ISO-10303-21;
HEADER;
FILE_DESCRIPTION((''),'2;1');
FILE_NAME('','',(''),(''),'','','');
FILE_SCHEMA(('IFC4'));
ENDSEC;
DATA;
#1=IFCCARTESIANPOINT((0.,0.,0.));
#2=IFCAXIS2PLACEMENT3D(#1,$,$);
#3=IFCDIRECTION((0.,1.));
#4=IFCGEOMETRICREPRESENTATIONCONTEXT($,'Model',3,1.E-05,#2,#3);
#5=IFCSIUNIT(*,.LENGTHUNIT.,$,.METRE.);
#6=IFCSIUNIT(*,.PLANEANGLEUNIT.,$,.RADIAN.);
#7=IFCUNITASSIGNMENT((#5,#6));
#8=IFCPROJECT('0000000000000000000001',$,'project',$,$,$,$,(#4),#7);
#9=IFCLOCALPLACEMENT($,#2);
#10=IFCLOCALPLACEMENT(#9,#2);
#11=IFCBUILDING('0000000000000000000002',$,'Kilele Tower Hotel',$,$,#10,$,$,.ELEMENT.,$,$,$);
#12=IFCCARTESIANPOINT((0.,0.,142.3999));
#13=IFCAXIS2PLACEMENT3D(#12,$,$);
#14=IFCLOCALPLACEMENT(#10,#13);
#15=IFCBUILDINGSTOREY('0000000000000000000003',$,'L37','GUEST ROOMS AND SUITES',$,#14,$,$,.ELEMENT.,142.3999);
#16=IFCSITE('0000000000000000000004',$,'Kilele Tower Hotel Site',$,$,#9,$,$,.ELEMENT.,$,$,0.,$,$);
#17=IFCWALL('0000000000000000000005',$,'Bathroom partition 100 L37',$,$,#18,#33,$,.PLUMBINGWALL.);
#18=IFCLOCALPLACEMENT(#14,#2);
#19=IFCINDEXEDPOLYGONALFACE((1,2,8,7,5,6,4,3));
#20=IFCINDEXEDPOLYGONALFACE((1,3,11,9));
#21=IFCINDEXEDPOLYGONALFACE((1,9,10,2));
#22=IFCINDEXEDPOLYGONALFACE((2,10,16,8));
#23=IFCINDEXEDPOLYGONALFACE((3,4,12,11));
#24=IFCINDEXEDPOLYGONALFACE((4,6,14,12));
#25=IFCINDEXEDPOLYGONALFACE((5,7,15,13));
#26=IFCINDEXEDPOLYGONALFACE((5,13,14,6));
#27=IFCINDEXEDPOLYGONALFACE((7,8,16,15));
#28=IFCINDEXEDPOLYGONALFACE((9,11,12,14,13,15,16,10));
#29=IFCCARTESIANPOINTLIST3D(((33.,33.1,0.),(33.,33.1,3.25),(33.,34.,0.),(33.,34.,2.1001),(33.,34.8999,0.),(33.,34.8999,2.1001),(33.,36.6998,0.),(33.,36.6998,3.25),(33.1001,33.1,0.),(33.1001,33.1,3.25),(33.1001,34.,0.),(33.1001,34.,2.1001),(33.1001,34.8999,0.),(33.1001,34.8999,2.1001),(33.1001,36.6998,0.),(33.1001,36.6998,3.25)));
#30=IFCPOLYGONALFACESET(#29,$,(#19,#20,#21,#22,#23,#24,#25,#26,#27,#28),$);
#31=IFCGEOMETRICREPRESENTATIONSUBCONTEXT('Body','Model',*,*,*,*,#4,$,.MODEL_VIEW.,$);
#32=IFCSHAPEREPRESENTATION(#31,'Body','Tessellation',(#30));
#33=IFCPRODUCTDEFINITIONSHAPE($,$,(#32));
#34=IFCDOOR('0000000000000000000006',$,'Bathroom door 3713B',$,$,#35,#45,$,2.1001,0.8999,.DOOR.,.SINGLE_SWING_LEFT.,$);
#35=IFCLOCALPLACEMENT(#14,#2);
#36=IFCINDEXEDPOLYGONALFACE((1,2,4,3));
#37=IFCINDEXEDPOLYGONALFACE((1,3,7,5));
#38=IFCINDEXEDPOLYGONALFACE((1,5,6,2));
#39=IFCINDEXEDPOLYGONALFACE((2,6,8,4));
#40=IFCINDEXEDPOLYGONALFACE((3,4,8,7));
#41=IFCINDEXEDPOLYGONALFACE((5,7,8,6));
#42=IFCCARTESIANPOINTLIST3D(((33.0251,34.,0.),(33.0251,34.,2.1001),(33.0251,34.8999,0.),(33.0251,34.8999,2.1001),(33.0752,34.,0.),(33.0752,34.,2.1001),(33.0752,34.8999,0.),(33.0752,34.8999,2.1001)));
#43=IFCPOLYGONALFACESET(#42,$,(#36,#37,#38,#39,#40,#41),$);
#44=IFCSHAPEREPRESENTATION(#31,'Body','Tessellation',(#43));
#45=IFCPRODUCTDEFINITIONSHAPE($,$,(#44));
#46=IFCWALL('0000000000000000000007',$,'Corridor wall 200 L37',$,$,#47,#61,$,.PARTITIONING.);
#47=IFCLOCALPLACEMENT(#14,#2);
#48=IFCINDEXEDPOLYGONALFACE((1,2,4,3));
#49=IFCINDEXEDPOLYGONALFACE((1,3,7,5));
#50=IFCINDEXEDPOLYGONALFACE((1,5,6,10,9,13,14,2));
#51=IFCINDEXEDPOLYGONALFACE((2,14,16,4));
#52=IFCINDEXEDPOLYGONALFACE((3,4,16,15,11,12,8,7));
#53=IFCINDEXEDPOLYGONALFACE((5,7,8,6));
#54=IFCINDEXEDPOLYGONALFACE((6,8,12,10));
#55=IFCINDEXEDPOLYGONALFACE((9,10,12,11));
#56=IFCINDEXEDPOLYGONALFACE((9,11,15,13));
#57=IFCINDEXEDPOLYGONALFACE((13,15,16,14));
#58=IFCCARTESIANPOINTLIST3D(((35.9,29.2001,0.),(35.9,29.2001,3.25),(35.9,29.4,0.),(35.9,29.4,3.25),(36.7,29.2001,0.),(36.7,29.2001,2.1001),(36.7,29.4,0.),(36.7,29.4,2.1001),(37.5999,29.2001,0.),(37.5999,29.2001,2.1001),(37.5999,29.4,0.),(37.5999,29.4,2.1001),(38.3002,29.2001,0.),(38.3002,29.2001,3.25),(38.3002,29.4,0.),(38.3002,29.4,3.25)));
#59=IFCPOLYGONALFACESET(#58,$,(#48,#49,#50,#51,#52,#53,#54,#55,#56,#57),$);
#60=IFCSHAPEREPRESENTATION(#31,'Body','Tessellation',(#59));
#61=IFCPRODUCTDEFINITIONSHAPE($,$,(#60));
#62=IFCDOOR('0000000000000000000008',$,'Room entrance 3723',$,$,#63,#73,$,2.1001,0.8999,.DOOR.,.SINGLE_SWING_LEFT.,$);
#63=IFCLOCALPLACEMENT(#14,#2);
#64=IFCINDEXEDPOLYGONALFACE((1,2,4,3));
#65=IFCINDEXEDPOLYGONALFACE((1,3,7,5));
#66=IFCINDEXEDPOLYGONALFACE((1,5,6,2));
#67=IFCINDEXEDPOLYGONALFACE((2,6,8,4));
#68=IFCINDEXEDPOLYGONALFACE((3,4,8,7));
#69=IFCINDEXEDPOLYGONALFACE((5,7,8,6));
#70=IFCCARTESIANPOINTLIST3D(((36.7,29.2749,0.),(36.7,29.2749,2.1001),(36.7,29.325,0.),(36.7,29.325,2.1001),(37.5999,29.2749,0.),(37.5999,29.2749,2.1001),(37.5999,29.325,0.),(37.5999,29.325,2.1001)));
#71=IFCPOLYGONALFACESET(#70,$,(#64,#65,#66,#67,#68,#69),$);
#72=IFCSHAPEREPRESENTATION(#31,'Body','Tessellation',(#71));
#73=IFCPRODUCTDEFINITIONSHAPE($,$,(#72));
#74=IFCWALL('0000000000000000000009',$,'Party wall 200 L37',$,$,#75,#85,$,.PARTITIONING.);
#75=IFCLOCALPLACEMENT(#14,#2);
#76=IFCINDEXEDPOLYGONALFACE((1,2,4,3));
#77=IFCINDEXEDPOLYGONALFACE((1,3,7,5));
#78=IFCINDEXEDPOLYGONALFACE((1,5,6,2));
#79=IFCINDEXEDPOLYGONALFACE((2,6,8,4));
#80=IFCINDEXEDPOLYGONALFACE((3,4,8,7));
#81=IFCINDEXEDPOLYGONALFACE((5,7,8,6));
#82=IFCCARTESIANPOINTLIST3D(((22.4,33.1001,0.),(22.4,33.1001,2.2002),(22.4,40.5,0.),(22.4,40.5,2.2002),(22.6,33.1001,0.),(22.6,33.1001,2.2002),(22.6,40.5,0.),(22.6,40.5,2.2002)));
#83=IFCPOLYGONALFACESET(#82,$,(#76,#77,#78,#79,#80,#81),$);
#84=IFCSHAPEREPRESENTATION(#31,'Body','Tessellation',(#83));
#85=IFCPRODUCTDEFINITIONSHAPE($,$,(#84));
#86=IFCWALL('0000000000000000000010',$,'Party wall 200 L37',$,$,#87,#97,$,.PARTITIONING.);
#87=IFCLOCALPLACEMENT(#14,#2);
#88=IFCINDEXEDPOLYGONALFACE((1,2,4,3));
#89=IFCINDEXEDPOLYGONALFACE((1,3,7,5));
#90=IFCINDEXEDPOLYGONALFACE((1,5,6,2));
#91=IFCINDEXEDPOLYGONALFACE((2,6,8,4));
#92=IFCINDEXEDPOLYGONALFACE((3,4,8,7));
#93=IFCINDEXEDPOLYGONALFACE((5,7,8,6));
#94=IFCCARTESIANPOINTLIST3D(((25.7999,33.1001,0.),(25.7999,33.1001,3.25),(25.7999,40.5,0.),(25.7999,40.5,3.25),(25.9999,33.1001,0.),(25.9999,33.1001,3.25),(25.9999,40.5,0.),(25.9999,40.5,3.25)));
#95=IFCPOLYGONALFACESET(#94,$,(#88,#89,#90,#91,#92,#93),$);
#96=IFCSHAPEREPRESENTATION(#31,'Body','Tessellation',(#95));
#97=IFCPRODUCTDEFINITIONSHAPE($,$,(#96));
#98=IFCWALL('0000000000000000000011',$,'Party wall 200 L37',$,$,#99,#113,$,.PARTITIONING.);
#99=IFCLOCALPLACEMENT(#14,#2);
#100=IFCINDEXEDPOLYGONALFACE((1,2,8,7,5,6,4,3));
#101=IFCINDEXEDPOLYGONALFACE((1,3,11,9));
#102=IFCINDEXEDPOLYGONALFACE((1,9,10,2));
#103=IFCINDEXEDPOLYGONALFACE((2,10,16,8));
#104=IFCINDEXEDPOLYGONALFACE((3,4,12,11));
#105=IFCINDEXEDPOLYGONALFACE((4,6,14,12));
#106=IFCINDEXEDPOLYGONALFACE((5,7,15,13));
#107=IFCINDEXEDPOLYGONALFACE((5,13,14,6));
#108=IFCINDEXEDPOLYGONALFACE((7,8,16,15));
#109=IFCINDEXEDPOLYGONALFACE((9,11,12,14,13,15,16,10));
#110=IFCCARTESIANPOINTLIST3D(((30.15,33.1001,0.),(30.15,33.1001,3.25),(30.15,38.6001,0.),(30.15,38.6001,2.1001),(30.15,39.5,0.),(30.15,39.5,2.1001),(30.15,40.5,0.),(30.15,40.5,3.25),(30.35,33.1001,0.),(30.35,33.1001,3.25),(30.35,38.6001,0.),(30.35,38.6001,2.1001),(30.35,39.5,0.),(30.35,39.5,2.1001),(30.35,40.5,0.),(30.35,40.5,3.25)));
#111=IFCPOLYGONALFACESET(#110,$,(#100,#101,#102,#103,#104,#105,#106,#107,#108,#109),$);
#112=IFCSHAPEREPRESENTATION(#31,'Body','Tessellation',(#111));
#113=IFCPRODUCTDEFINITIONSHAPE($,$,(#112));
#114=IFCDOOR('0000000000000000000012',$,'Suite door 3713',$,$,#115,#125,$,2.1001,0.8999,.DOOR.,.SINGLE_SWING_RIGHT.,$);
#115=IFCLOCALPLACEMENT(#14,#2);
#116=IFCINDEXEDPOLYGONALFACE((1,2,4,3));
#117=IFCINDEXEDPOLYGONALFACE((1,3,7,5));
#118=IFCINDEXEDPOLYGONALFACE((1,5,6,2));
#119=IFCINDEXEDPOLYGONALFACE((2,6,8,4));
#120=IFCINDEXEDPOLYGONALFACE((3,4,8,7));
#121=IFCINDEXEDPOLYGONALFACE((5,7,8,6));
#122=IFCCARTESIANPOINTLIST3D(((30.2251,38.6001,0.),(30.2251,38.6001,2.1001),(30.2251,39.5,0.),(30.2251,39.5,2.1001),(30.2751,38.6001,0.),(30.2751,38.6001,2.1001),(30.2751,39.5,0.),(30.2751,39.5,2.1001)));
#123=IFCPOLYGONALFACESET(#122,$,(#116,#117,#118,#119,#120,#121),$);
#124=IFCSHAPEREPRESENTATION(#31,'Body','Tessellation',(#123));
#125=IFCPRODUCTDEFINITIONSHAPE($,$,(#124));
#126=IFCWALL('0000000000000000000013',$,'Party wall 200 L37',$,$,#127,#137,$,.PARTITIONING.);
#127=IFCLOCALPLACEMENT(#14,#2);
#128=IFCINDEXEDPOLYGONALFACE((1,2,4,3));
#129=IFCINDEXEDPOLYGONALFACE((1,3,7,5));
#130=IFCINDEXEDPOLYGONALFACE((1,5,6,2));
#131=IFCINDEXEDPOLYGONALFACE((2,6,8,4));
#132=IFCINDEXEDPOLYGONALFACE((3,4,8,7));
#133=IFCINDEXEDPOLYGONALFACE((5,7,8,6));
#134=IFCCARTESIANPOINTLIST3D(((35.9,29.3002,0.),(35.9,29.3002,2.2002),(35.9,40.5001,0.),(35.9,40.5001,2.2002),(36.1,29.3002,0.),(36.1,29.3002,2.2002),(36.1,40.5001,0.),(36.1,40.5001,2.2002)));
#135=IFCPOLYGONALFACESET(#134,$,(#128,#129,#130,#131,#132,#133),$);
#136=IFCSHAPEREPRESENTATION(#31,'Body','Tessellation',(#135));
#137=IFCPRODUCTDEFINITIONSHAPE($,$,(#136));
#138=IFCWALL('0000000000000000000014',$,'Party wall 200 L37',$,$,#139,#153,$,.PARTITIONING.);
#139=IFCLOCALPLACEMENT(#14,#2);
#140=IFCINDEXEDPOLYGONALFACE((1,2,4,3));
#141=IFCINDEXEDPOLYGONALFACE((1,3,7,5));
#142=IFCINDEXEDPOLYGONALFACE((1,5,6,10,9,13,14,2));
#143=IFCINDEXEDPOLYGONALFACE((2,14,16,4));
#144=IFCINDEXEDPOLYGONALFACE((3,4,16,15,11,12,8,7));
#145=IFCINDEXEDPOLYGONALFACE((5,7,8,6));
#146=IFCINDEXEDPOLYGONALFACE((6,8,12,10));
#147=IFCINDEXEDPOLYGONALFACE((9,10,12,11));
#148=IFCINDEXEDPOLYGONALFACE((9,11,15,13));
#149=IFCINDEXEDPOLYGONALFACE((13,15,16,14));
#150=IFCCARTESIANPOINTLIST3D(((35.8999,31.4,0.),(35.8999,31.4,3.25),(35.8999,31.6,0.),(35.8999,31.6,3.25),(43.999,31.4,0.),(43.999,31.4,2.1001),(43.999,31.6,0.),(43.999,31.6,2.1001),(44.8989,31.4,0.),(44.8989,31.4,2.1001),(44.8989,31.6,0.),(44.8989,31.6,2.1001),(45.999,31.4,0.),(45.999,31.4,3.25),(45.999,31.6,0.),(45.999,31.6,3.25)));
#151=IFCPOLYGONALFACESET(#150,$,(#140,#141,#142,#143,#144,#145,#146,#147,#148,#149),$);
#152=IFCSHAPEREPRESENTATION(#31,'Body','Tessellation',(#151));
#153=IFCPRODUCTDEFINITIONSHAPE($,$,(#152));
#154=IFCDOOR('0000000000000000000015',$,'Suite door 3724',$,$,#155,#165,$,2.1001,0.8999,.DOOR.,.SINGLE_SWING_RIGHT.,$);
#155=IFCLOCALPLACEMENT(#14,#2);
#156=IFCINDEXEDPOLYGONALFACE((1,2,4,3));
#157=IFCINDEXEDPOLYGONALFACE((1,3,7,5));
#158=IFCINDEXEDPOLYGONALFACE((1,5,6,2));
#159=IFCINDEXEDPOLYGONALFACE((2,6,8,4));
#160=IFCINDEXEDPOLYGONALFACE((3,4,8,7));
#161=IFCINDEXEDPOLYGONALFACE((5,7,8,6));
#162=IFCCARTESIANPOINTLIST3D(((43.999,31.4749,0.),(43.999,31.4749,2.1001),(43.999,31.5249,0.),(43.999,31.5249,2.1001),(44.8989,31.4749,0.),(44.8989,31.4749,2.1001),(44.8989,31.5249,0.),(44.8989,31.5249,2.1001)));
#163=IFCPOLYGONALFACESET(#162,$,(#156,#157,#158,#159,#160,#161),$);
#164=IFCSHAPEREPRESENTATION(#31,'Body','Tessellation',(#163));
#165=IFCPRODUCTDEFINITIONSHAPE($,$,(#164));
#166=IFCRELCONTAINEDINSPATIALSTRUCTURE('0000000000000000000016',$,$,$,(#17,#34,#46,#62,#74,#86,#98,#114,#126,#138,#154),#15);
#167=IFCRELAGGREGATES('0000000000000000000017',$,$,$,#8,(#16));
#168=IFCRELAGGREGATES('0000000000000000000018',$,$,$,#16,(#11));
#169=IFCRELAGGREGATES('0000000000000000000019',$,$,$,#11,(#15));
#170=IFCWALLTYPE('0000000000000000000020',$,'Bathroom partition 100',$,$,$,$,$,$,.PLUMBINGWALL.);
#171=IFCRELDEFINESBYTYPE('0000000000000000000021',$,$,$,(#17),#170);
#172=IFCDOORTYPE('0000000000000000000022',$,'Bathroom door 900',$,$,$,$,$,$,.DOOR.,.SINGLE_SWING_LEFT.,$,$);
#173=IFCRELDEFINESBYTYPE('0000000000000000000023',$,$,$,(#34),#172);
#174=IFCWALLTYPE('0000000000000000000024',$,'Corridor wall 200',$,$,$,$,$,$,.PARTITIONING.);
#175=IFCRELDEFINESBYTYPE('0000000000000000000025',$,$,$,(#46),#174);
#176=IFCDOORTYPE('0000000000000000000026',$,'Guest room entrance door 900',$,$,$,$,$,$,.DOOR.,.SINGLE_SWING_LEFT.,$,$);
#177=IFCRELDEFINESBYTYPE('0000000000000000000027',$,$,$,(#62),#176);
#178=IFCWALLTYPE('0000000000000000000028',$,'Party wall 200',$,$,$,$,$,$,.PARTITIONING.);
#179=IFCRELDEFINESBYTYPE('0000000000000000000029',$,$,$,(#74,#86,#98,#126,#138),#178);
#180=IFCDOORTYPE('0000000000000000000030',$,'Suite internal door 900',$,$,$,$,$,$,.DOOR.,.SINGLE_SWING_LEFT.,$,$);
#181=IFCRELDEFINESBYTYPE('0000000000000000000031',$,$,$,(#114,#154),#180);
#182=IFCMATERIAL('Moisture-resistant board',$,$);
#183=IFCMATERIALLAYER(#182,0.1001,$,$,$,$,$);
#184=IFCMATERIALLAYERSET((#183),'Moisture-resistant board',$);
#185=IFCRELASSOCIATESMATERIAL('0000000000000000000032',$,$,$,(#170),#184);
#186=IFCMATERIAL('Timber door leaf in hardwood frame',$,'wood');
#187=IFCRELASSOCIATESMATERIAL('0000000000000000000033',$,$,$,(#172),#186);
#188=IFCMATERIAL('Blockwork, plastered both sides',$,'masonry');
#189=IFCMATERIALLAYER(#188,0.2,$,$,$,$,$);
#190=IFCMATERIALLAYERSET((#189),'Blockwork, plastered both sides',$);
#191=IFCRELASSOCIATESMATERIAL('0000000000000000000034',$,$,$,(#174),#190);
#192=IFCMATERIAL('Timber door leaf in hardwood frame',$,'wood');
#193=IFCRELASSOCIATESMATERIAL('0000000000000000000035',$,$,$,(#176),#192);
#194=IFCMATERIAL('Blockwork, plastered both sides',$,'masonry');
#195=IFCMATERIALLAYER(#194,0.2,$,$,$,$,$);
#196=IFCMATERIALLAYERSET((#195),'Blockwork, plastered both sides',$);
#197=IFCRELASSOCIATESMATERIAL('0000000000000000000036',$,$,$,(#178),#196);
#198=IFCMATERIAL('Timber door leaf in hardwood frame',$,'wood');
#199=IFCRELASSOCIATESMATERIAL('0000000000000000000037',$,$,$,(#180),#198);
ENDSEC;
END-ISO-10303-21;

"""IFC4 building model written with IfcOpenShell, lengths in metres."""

from ifc_helpers import new_model, si_unit, direction, frame, frame_2d, origin, place, context, subcontext, project, spatial, rectangle, extrude, material, layer, layer_set, type_object, element, fill, save


model = new_model("IFC4")

# Units and contexts
model_context = context("Model", 3, precision=1e-05, world=origin(), true_north=direction((0.0, 1.0)))
body_context = subcontext(model_context, "Body", "Model", "MODEL_VIEW")
ifc_project = project(units=[si_unit("LENGTHUNIT", "METRE"), si_unit("PLANEANGLEUNIT", "RADIAN")], contexts=[model_context])

# Site, building, storey
site_placement = place(None, origin())
site = spatial("IfcSite", under=ifc_project, at=site_placement, Name="Kilele Tower Hotel Site", CompositionType="ELEMENT", RefElevation=0.0)
building_placement = place(site_placement, origin())
building = spatial("IfcBuilding", under=site, at=building_placement, Name="Kilele Tower Hotel", CompositionType="ELEMENT")
storey_placement = place(building_placement, frame((0.0, 0.0, 142.3999)))
storey = spatial("IfcBuildingStorey", under=building, at=storey_placement, Name="L37", Description="GUEST ROOMS AND SUITES", CompositionType="ELEMENT", Elevation=142.3999)

# Shared definitions
ifc_material_1 = material(Name="Moisture-resistant board")
ifc_layer_1 = layer(ifc_material_1, 0.1001)
ifc_layer_set_1 = layer_set([ifc_layer_1], Name="Moisture-resistant board")
wall_type_1 = type_object("IfcWallType", Name="Bathroom partition 100", PredefinedType="PLUMBINGWALL", material=ifc_layer_set_1)

# Shared definitions
ifc_material_2 = material(Name="Timber door leaf in hardwood frame", Category="wood")
door_type_1 = type_object("IfcDoorType", Name="Bathroom door 900", OperationType="SINGLE_SWING_LEFT", PredefinedType="DOOR", material=ifc_material_2)

# Walls, openings, doors
wall_1_placement = place(storey_placement, frame((33.05, 33.1001, 0.0), z_axis=(0.0, 0.0, 1.0), x_axis=(0.0, 1.0, 0.0)))
wall_1 = element("IfcWall", 1, at=wall_1_placement, inside=storey, type_object=wall_type_1, Name="Bathroom partition 100 L37", PredefinedType="PLUMBINGWALL", context=body_context, shape_type="SweptSolid", body=[
    extrude(rectangle(XDim=3.5999, YDim=0.1001, at=frame_2d((1.7998, 0.0))), origin(), (0.0, 0.0, 1.0), 3.25),
])
opening_1_placement = place(wall_1_placement, frame((0.8999, 0.0, 0.0)))
opening_1 = element("IfcOpeningElement", 2, at=opening_1_placement, cuts=wall_1, PredefinedType="OPENING", context=body_context, shape_type="SweptSolid", body=[
    extrude(rectangle(XDim=0.8999, YDim=2.1001, at=frame_2d((0.45, 1.05))), frame((0.0, 0.0601, 0.0), z_axis=(0.0, -1.0, 0.0), x_axis=(1.0, 0.0, 0.0)), (0.0, 0.0, 1.0), 0.1201),
])
door_1_placement = place(opening_1_placement, origin())
door_1 = element("IfcDoor", 3, at=door_1_placement, inside=storey, type_object=door_type_1, Name="Bathroom door 3713B", OperationType="SINGLE_SWING_LEFT", OverallHeight=2.1001, OverallWidth=0.8999, PredefinedType="DOOR", context=body_context, shape_type="SweptSolid", body=[
    extrude(rectangle(XDim=0.8999, YDim=2.1001, at=frame_2d((0.45, 1.05))), frame((0.0, 0.0249, 0.0), z_axis=(0.0, -1.0, 0.0), x_axis=(1.0, 0.0, 0.0)), (0.0, 0.0, 1.0), 0.05),
])
fill(opening_1, door_1)
ifc_material_3 = material(Name="Blockwork, plastered both sides", Category="masonry")
ifc_layer_2 = layer(ifc_material_3, 0.2)
ifc_layer_set_2 = layer_set([ifc_layer_2], Name="Blockwork, plastered both sides")
wall_type_2 = type_object("IfcWallType", Name="Corridor wall 200", PredefinedType="PARTITIONING", material=ifc_layer_set_2)
wall_2_placement = place(storey_placement, frame((35.8999, 29.3, 0.0), z_axis=(0.0, 0.0, 1.0), x_axis=(1.0, 0.0, 0.0)))
wall_2 = element("IfcWall", 4, at=wall_2_placement, inside=storey, type_object=wall_type_2, Name="Corridor wall 200 L37", PredefinedType="PARTITIONING", context=body_context, shape_type="SweptSolid", body=[
    extrude(rectangle(XDim=2.4001, YDim=0.2, at=frame_2d((1.2002, 0.0))), origin(), (0.0, 0.0, 1.0), 3.25),
])
opening_2_placement = place(wall_2_placement, frame((0.8, 0.0, 0.0)))
opening_2 = element("IfcOpeningElement", 5, at=opening_2_placement, cuts=wall_2, PredefinedType="OPENING", context=body_context, shape_type="SweptSolid", body=[
    extrude(rectangle(XDim=0.8999, YDim=2.1001, at=frame_2d((0.45, 1.05))), frame((0.0, 0.1099, 0.0), z_axis=(0.0, -1.0, 0.0), x_axis=(1.0, 0.0, 0.0)), (0.0, 0.0, 1.0), 0.22),
])
ifc_material_4 = material(Name="Timber door leaf in hardwood frame", Category="wood")
door_type_2 = type_object("IfcDoorType", Name="Guest room entrance door 900", OperationType="SINGLE_SWING_LEFT", PredefinedType="DOOR", material=ifc_material_4)
door_2_placement = place(opening_2_placement, origin())
door_2 = element("IfcDoor", 6, at=door_2_placement, inside=storey, type_object=door_type_2, Name="Room entrance 3723", OperationType="SINGLE_SWING_LEFT", OverallHeight=2.1001, OverallWidth=0.8999, PredefinedType="DOOR", context=body_context, shape_type="SweptSolid", body=[
    extrude(rectangle(XDim=0.8999, YDim=2.1001, at=frame_2d((0.45, 1.05))), frame((0.0, 0.0249, 0.0), z_axis=(0.0, -1.0, 0.0), x_axis=(1.0, 0.0, 0.0)), (0.0, 0.0, 1.0), 0.05),
])
fill(opening_2, door_2)

# Walls
ifc_material_5 = material(Name="Blockwork, plastered both sides", Category="masonry")
ifc_layer_3 = layer(ifc_material_5, 0.2)
ifc_layer_set_3 = layer_set([ifc_layer_3], Name="Blockwork, plastered both sides")
wall_type_3 = type_object("IfcWallType", Name="Party wall 200", PredefinedType="PARTITIONING", material=ifc_layer_set_3)
wall_3_placement = place(storey_placement, frame((22.5, 33.1001, 0.0), z_axis=(0.0, 0.0, 1.0), x_axis=(0.0, 1.0, 0.0)))
element("IfcWall", 7, at=wall_3_placement, inside=storey, type_object=wall_type_3, Name="Party wall 200 L37", PredefinedType="PARTITIONING", context=body_context, shape_type="SweptSolid", body=[
    extrude(rectangle(XDim=7.3999, YDim=0.2, at=frame_2d((3.7, 0.0))), origin(), (0.0, 0.0, 1.0), 2.2002),
])
wall_4_placement = place(storey_placement, frame((25.8999, 33.1001, 0.0), z_axis=(0.0, 0.0, 1.0), x_axis=(0.0, 1.0, 0.0)))
element("IfcWall", 8, at=wall_4_placement, inside=storey, type_object=wall_type_3, Name="Party wall 200 L37", PredefinedType="PARTITIONING", context=body_context, shape_type="SweptSolid", body=[
    extrude(rectangle(XDim=7.3999, YDim=0.2, at=frame_2d((3.7, 0.0))), origin(), (0.0, 0.0, 1.0), 3.25),
])

# Wall, opening, door
wall_5_placement = place(storey_placement, frame((30.25, 33.1001, 0.0), z_axis=(0.0, 0.0, 1.0), x_axis=(0.0, 1.0, 0.0)))
wall_5 = element("IfcWall", 9, at=wall_5_placement, inside=storey, type_object=wall_type_3, Name="Party wall 200 L37", PredefinedType="PARTITIONING", context=body_context, shape_type="SweptSolid", body=[
    extrude(rectangle(XDim=7.3999, YDim=0.2, at=frame_2d((3.7, 0.0))), origin(), (0.0, 0.0, 1.0), 3.25),
])
opening_3_placement = place(wall_5_placement, frame((5.5, 0.0, 0.0)))
opening_3 = element("IfcOpeningElement", 10, at=opening_3_placement, cuts=wall_5, PredefinedType="OPENING", context=body_context, shape_type="SweptSolid", body=[
    extrude(rectangle(XDim=0.8999, YDim=2.1001, at=frame_2d((0.45, 1.05))), frame((0.0, 0.1099, 0.0), z_axis=(0.0, -1.0, 0.0), x_axis=(1.0, 0.0, 0.0)), (0.0, 0.0, 1.0), 0.22),
])
ifc_material_6 = material(Name="Timber door leaf in hardwood frame", Category="wood")
door_type_3 = type_object("IfcDoorType", Name="Suite internal door 900", OperationType="SINGLE_SWING_LEFT", PredefinedType="DOOR", material=ifc_material_6)
door_3_placement = place(opening_3_placement, origin())
door_3 = element("IfcDoor", 11, at=door_3_placement, inside=storey, type_object=door_type_3, Name="Suite door 3713", OperationType="SINGLE_SWING_RIGHT", OverallHeight=2.1001, OverallWidth=0.8999, PredefinedType="DOOR", context=body_context, shape_type="SweptSolid", body=[
    extrude(rectangle(XDim=0.8999, YDim=2.1001, at=frame_2d((0.45, 1.05))), frame((0.0, 0.0249, 0.0), z_axis=(0.0, -1.0, 0.0), x_axis=(1.0, 0.0, 0.0)), (0.0, 0.0, 1.0), 0.05),
])
fill(opening_3, door_3)

# Wall
wall_6_placement = place(storey_placement, frame((36.0, 29.3, 0.0), z_axis=(0.0, 0.0, 1.0), x_axis=(0.0, 1.0, 0.0)))
element("IfcWall", 12, at=wall_6_placement, inside=storey, type_object=wall_type_3, Name="Party wall 200 L37", PredefinedType="PARTITIONING", context=body_context, shape_type="SweptSolid", body=[
    extrude(rectangle(XDim=11.2, YDim=0.2, at=frame_2d((5.6001, 0.0))), origin(), (0.0, 0.0, 1.0), 2.2002),
])

# Wall, opening, door
wall_7_placement = place(storey_placement, frame((35.8999, 31.5, 0.0), z_axis=(0.0, 0.0, 1.0), x_axis=(1.0, 0.0, 0.0)))
wall_7 = element("IfcWall", 13, at=wall_7_placement, inside=storey, type_object=wall_type_3, Name="Party wall 200 L37", PredefinedType="PARTITIONING", context=body_context, shape_type="SweptSolid", body=[
    extrude(rectangle(XDim=10.0991, YDim=0.2, at=frame_2d((5.0496, 0.0))), origin(), (0.0, 0.0, 1.0), 3.25),
])
opening_4_placement = place(wall_7_placement, frame((8.0991, 0.0, 0.0)))
opening_4 = element("IfcOpeningElement", 14, at=opening_4_placement, cuts=wall_7, PredefinedType="OPENING", context=body_context, shape_type="SweptSolid", body=[
    extrude(rectangle(XDim=0.8999, YDim=2.1001, at=frame_2d((0.45, 1.05))), frame((0.0, 0.1099, 0.0), z_axis=(0.0, -1.0, 0.0), x_axis=(1.0, 0.0, 0.0)), (0.0, 0.0, 1.0), 0.22),
])
door_4_placement = place(opening_4_placement, origin())
door_4 = element("IfcDoor", 15, at=door_4_placement, inside=storey, type_object=door_type_3, Name="Suite door 3724", OperationType="SINGLE_SWING_RIGHT", OverallHeight=2.1001, OverallWidth=0.8999, PredefinedType="DOOR", context=body_context, shape_type="SweptSolid", body=[
    extrude(rectangle(XDim=0.8999, YDim=2.1001, at=frame_2d((0.45, 1.05))), frame((0.0, 0.0249, 0.0), z_axis=(0.0, -1.0, 0.0), x_axis=(1.0, 0.0, 0.0)), (0.0, 0.0, 1.0), 0.05),
])
fill(opening_4, door_4)

save(model, "model.ifc")
